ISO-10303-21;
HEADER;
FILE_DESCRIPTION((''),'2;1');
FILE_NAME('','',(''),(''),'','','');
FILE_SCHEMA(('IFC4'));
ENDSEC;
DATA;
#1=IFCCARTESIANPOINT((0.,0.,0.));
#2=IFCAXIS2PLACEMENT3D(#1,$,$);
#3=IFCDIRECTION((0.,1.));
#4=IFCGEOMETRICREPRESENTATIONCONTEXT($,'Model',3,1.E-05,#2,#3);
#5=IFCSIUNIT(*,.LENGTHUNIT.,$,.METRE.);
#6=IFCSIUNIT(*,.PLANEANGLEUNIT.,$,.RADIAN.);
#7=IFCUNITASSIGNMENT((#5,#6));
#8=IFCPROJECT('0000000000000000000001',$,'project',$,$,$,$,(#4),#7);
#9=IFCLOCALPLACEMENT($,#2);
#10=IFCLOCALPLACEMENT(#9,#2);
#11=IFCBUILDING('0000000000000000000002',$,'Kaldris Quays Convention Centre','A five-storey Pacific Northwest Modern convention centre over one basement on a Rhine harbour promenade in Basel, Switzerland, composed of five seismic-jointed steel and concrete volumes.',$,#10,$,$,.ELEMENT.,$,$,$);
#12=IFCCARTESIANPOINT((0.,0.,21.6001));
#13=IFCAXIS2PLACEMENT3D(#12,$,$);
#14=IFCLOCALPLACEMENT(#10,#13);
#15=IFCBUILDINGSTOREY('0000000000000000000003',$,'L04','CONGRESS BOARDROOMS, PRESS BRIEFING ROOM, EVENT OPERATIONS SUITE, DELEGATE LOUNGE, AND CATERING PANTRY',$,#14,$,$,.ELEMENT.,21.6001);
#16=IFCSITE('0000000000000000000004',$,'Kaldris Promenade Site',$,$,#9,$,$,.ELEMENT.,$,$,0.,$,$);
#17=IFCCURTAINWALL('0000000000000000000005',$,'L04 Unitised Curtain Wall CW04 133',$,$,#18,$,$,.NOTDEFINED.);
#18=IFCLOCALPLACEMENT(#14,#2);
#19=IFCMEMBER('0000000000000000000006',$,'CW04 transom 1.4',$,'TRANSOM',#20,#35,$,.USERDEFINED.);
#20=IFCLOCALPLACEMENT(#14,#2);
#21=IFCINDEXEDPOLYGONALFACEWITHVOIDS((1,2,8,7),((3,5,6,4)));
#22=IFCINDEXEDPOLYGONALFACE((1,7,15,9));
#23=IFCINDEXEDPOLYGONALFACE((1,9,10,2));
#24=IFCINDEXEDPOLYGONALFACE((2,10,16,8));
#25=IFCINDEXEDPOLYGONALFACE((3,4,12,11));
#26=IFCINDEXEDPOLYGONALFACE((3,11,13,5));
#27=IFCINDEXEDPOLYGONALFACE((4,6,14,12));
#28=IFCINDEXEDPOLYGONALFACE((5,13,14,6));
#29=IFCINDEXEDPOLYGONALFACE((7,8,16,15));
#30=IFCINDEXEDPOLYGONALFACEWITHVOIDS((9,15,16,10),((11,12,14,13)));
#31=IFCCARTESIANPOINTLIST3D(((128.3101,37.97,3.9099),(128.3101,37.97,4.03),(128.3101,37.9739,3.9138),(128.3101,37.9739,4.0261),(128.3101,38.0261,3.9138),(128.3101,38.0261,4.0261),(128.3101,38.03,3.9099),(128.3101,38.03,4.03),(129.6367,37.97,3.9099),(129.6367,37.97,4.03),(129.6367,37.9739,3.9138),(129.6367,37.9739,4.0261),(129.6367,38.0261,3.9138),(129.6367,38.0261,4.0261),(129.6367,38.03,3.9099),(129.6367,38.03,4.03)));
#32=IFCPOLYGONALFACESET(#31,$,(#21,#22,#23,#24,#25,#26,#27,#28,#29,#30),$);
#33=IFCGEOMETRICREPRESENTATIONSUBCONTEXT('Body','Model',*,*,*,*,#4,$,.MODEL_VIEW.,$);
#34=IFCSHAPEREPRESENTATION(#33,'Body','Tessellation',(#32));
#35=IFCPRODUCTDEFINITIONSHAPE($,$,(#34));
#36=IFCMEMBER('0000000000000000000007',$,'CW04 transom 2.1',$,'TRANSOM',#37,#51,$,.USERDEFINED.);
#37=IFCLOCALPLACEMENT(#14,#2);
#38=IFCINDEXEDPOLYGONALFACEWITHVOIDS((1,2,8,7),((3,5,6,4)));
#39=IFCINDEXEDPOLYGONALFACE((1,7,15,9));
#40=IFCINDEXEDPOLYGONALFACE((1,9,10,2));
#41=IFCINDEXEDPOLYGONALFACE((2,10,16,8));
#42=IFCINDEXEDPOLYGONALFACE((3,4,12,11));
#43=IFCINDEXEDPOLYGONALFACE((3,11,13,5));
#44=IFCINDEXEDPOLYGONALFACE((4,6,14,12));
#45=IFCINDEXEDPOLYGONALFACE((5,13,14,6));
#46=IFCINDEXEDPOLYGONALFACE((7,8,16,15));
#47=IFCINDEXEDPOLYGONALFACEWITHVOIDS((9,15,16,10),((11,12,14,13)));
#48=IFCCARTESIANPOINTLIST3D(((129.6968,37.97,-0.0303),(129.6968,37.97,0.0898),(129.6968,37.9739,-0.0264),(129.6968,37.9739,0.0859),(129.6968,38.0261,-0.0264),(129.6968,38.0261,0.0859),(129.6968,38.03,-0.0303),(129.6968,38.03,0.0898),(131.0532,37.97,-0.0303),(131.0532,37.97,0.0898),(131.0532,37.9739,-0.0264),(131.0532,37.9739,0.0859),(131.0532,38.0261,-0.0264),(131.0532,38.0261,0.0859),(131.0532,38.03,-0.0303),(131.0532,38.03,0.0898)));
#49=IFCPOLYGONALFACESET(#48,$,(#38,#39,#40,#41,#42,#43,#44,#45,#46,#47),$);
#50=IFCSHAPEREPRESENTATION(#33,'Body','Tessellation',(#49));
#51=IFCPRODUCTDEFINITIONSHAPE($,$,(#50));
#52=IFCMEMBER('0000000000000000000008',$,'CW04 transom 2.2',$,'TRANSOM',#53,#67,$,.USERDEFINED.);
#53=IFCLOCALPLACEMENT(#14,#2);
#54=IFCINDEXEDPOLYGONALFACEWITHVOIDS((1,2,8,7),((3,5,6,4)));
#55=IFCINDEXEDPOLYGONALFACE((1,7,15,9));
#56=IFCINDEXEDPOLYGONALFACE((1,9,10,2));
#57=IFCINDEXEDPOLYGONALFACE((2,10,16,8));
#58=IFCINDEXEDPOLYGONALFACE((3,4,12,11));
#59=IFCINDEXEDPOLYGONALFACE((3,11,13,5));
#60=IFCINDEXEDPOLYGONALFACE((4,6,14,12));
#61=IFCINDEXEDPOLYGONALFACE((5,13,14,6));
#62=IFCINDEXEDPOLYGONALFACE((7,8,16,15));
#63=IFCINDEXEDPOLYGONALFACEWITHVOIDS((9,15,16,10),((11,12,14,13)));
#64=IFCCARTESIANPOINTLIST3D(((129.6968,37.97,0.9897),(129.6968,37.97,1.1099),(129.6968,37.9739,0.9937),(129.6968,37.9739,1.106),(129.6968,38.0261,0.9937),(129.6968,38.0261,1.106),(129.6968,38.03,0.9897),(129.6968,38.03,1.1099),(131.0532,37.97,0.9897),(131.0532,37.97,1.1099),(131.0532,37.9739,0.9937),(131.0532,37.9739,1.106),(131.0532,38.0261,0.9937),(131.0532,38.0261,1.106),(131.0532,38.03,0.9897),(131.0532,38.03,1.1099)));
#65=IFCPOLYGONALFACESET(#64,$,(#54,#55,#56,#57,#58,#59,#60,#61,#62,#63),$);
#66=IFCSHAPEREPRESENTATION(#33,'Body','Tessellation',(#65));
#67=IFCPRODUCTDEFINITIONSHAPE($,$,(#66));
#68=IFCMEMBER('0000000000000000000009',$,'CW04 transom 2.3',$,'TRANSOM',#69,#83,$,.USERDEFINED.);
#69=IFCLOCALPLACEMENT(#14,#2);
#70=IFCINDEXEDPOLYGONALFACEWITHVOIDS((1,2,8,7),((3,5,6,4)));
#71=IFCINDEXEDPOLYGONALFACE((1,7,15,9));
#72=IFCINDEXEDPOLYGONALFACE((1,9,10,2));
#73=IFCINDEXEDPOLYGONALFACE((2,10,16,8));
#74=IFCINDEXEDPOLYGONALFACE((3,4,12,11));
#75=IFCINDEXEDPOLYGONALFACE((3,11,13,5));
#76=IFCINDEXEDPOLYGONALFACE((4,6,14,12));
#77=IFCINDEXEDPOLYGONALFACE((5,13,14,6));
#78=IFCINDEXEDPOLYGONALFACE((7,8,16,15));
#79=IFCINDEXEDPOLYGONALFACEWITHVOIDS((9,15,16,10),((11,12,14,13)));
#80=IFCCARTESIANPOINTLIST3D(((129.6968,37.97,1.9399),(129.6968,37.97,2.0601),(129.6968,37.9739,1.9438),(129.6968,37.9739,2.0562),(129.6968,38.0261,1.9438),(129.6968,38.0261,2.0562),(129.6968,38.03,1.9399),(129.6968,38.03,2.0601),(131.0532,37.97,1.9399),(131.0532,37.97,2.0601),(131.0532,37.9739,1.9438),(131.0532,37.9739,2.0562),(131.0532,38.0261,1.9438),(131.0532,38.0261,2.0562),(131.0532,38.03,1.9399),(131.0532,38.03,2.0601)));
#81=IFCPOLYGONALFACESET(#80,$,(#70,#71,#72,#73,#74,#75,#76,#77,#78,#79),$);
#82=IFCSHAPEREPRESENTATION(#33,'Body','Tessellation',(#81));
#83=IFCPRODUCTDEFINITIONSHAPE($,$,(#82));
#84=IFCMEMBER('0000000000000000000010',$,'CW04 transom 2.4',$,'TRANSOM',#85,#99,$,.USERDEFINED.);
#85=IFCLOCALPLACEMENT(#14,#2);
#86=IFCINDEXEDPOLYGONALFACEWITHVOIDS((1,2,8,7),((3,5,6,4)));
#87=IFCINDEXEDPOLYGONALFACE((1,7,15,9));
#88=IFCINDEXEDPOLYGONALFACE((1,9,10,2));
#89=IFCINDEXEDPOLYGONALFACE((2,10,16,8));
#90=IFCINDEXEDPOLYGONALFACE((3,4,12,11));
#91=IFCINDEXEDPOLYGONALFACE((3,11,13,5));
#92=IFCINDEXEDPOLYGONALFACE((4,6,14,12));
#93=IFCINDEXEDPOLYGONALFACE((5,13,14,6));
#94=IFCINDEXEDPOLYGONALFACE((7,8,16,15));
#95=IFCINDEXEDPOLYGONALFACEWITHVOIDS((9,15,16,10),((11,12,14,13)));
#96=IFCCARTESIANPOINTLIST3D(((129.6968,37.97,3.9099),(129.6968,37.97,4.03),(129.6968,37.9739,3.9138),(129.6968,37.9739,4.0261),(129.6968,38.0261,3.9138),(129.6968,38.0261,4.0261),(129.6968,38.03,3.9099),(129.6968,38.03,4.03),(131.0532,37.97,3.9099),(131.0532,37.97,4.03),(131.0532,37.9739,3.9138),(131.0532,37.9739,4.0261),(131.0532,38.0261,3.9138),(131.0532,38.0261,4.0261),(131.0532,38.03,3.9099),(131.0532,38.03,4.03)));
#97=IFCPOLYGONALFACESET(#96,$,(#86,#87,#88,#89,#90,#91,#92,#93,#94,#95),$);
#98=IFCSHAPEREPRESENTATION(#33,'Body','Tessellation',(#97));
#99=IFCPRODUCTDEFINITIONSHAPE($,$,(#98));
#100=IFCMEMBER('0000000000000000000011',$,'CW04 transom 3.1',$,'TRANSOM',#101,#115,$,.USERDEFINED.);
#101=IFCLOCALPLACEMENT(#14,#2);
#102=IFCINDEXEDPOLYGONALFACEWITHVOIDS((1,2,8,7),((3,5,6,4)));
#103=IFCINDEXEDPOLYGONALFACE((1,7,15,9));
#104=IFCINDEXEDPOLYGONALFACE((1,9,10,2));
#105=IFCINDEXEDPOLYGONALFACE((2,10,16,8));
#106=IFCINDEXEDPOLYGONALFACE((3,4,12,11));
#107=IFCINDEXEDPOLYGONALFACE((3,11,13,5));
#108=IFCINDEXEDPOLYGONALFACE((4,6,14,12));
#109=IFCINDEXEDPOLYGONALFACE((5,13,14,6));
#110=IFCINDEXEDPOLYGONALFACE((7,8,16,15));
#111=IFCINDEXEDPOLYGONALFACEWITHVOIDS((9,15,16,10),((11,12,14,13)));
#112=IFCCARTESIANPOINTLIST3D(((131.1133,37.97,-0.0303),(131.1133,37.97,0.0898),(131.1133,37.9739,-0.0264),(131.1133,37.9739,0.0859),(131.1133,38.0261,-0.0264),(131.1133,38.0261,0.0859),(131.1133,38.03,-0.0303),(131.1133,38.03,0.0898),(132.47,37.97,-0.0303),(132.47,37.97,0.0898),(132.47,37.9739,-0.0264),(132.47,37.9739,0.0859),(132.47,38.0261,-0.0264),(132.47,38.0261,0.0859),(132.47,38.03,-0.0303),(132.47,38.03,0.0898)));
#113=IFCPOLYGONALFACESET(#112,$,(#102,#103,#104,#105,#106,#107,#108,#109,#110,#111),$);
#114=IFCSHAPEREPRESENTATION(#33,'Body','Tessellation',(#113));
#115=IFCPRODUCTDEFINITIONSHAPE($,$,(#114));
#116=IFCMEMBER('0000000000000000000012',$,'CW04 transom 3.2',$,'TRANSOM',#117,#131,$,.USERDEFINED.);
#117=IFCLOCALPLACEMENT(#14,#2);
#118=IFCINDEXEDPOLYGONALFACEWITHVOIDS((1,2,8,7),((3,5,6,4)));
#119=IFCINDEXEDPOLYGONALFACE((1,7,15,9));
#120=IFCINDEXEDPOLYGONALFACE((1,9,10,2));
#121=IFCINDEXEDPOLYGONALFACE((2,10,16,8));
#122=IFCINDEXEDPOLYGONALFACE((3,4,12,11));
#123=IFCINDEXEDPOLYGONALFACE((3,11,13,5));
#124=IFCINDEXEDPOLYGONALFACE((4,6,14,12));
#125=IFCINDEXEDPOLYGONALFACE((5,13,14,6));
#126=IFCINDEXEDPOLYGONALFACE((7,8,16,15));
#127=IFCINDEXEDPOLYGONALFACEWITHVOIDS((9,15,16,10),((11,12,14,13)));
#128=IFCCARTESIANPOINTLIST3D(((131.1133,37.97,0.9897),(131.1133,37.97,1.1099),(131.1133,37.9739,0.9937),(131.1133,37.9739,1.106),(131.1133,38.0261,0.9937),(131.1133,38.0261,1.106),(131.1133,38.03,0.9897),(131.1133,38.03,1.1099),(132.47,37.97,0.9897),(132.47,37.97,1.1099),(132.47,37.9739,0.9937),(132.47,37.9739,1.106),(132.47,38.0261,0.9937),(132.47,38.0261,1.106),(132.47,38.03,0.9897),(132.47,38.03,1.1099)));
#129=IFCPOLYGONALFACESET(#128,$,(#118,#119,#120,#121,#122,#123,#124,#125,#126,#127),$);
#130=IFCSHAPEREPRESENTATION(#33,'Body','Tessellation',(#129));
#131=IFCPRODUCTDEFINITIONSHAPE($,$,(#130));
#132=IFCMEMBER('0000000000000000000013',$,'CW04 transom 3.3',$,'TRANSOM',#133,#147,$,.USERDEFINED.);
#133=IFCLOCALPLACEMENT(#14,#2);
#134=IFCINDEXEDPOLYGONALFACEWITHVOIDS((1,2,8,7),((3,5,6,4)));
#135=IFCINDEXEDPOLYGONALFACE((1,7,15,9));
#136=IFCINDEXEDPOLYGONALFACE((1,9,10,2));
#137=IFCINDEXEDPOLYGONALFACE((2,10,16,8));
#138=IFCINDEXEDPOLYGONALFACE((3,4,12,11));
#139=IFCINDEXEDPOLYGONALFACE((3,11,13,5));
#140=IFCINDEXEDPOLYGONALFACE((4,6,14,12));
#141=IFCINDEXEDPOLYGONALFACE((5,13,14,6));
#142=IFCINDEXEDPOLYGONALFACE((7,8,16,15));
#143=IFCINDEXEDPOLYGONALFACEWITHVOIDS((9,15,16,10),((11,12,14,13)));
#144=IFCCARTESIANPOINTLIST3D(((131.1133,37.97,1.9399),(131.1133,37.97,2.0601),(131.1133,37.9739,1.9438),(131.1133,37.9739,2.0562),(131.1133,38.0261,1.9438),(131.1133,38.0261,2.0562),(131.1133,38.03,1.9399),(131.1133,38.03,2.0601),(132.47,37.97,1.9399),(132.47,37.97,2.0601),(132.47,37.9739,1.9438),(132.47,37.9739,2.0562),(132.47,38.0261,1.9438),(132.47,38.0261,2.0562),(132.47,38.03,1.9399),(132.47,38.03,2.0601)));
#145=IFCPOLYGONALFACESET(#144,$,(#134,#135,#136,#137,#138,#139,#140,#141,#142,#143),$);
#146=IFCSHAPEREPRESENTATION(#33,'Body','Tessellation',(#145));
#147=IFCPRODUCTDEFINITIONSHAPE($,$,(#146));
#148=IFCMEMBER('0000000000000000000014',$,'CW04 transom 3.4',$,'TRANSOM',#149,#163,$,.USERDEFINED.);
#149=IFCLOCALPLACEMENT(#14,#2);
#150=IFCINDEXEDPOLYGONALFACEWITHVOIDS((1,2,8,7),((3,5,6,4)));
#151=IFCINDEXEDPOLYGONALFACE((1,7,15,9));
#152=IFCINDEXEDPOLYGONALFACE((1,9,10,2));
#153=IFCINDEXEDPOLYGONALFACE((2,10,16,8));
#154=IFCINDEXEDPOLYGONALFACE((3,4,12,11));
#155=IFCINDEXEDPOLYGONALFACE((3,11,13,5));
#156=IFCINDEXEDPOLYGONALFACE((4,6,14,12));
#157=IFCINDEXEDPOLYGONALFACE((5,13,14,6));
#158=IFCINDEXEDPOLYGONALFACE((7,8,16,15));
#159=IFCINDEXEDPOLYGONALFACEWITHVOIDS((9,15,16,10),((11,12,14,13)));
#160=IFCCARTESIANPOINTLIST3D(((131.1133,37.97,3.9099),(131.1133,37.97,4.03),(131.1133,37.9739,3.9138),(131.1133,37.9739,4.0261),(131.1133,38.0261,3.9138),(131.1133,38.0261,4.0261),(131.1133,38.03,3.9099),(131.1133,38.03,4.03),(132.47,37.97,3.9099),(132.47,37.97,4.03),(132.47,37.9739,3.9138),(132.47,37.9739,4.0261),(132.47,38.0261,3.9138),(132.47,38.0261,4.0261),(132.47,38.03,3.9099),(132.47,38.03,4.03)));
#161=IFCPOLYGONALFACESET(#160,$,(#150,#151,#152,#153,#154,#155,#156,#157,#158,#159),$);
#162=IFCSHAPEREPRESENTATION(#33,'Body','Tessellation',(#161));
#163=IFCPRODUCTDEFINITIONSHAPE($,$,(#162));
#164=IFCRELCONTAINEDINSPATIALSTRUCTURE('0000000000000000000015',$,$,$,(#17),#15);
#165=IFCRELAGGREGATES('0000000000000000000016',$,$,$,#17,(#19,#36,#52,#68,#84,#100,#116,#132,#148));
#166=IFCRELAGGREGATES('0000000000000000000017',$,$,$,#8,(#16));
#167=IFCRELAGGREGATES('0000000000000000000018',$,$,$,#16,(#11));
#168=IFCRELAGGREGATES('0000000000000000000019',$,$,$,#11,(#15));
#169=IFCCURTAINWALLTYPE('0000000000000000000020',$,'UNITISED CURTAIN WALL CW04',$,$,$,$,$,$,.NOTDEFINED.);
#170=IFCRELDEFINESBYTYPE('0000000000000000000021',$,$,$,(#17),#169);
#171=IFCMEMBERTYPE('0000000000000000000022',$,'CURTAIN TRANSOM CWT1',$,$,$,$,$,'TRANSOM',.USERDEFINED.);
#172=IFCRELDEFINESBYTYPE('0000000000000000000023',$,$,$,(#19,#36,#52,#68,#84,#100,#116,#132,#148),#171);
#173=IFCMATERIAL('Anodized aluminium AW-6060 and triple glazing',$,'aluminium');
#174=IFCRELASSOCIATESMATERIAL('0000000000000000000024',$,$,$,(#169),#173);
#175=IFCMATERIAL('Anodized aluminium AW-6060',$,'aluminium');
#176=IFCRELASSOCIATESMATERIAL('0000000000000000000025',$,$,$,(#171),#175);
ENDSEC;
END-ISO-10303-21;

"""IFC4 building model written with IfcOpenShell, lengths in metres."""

from ifc_helpers import new_model, si_unit, direction, frame, origin, origin_2d, place, context, subcontext, project, spatial, hollow_rectangle, extrude, material, material_profile, profile_set, type_object, element, aggregate, save


model = new_model("IFC4")

# Units and contexts
model_context = context("Model", 3, precision=1e-05, world=origin(), true_north=direction((0.0, 1.0)))
body_context = subcontext(model_context, "Body", "Model", "MODEL_VIEW")
ifc_project = project(units=[si_unit("LENGTHUNIT", "METRE"), si_unit("PLANEANGLEUNIT", "RADIAN")], contexts=[model_context])

# Site, building, storey
site_placement = place(None, origin())
site = spatial("IfcSite", under=ifc_project, at=site_placement, Name="Kaldris Promenade Site", CompositionType="ELEMENT", RefElevation=0.0)
building_placement = place(site_placement, origin())
building = spatial("IfcBuilding", under=site, at=building_placement, Name="Kaldris Quays Convention Centre", Description="A five-storey Pacific Northwest Modern convention centre over one basement on a Rhine harbour promenade in Basel, Switzerland, composed of five seismic-jointed steel and concrete volumes.", CompositionType="ELEMENT")
storey_placement = place(building_placement, frame((0.0, 0.0, 21.6001)))
storey = spatial("IfcBuildingStorey", under=building, at=storey_placement, Name="L04", Description="CONGRESS BOARDROOMS, PRESS BRIEFING ROOM, EVENT OPERATIONS SUITE, DELEGATE LOUNGE, AND CATERING PANTRY", CompositionType="ELEMENT", Elevation=21.6001)

# Shared definitions
ifc_material_1 = material(Name="Anodized aluminium AW-6060 and triple glazing", Category="aluminium")
curtain_wall_type = type_object("IfcCurtainWallType", Name="UNITISED CURTAIN WALL CW04", PredefinedType="NOTDEFINED", material=ifc_material_1)
ifc_material_2 = material(Name="Anodized aluminium AW-6060", Category="aluminium")

# Curtain wall, members
curtain_wall_1_placement = place(storey_placement, origin())
curtain_wall_1 = element("IfcCurtainWall", 1, at=curtain_wall_1_placement, inside=storey, type_object=curtain_wall_type, Name="L04 Unitised Curtain Wall CW04 133", PredefinedType="NOTDEFINED")
ifc_material_profile_1 = material_profile(ifc_material_2, hollow_rectangle(XDim=0.0601, YDim=0.1201, WallThickness=0.0039, at=origin_2d()), Name="RHS 120x60x4")
ifc_profile_set_1 = profile_set([ifc_material_profile_1], Name="Anodized aluminium AW-6060")
member_type_1 = type_object("IfcMemberType", Name="CURTAIN TRANSOM CWT1", ElementType="TRANSOM", PredefinedType="USERDEFINED", material=ifc_profile_set_1)
member_1_placement = place(storey_placement, frame((128.3101, 38.0, 3.97), z_axis=(1.0, 0.0, 0.0), x_axis=(0.0, 1.0, 0.0)))
member_1 = element("IfcMember", 2, at=member_1_placement, type_object=member_type_1, Name="CW04 transom 1.4", ObjectType="TRANSOM", PredefinedType="USERDEFINED", context=body_context, shape_type="SweptSolid", body=[
    extrude(hollow_rectangle(XDim=0.0601, YDim=0.1201, WallThickness=0.0039, at=origin_2d()), origin(), (0.0, 0.0, 1.0), 1.3267),
])
member_2_placement = place(storey_placement, frame((129.6968, 38.0, 0.0298), z_axis=(1.0, 0.0, 0.0), x_axis=(0.0, 1.0, 0.0)))
member_2 = element("IfcMember", 3, at=member_2_placement, type_object=member_type_1, Name="CW04 transom 2.1", ObjectType="TRANSOM", PredefinedType="USERDEFINED", context=body_context, shape_type="SweptSolid", body=[
    extrude(hollow_rectangle(XDim=0.0601, YDim=0.1201, WallThickness=0.0039, at=origin_2d()), origin(), (0.0, 0.0, 1.0), 1.3564),
])
member_3_placement = place(storey_placement, frame((129.6968, 38.0, 1.0498), z_axis=(1.0, 0.0, 0.0), x_axis=(0.0, 1.0, 0.0)))
member_3 = element("IfcMember", 4, at=member_3_placement, type_object=member_type_1, Name="CW04 transom 2.2", ObjectType="TRANSOM", PredefinedType="USERDEFINED", context=body_context, shape_type="SweptSolid", body=[
    extrude(hollow_rectangle(XDim=0.0601, YDim=0.1201, WallThickness=0.0039, at=origin_2d()), origin(), (0.0, 0.0, 1.0), 1.3564),
])
member_4_placement = place(storey_placement, frame((129.6968, 38.0, 2.0), z_axis=(1.0, 0.0, 0.0), x_axis=(0.0, 1.0, 0.0)))
member_4 = element("IfcMember", 5, at=member_4_placement, type_object=member_type_1, Name="CW04 transom 2.3", ObjectType="TRANSOM", PredefinedType="USERDEFINED", context=body_context, shape_type="SweptSolid", body=[
    extrude(hollow_rectangle(XDim=0.0601, YDim=0.1201, WallThickness=0.0039, at=origin_2d()), origin(), (0.0, 0.0, 1.0), 1.3564),
])
member_5_placement = place(storey_placement, frame((129.6968, 38.0, 3.97), z_axis=(1.0, 0.0, 0.0), x_axis=(0.0, 1.0, 0.0)))
member_5 = element("IfcMember", 6, at=member_5_placement, type_object=member_type_1, Name="CW04 transom 2.4", ObjectType="TRANSOM", PredefinedType="USERDEFINED", context=body_context, shape_type="SweptSolid", body=[
    extrude(hollow_rectangle(XDim=0.0601, YDim=0.1201, WallThickness=0.0039, at=origin_2d()), origin(), (0.0, 0.0, 1.0), 1.3564),
])
member_6_placement = place(storey_placement, frame((131.1133, 38.0, 0.0298), z_axis=(1.0, 0.0, 0.0), x_axis=(0.0, 1.0, 0.0)))
member_6 = element("IfcMember", 7, at=member_6_placement, type_object=member_type_1, Name="CW04 transom 3.1", ObjectType="TRANSOM", PredefinedType="USERDEFINED", context=body_context, shape_type="SweptSolid", body=[
    extrude(hollow_rectangle(XDim=0.0601, YDim=0.1201, WallThickness=0.0039, at=origin_2d()), origin(), (0.0, 0.0, 1.0), 1.3567),
])
member_7_placement = place(storey_placement, frame((131.1133, 38.0, 1.0498), z_axis=(1.0, 0.0, 0.0), x_axis=(0.0, 1.0, 0.0)))
member_7 = element("IfcMember", 8, at=member_7_placement, type_object=member_type_1, Name="CW04 transom 3.2", ObjectType="TRANSOM", PredefinedType="USERDEFINED", context=body_context, shape_type="SweptSolid", body=[
    extrude(hollow_rectangle(XDim=0.0601, YDim=0.1201, WallThickness=0.0039, at=origin_2d()), origin(), (0.0, 0.0, 1.0), 1.3567),
])
member_8_placement = place(storey_placement, frame((131.1133, 38.0, 2.0), z_axis=(1.0, 0.0, 0.0), x_axis=(0.0, 1.0, 0.0)))
member_8 = element("IfcMember", 9, at=member_8_placement, type_object=member_type_1, Name="CW04 transom 3.3", ObjectType="TRANSOM", PredefinedType="USERDEFINED", context=body_context, shape_type="SweptSolid", body=[
    extrude(hollow_rectangle(XDim=0.0601, YDim=0.1201, WallThickness=0.0039, at=origin_2d()), origin(), (0.0, 0.0, 1.0), 1.3567),
])
member_9_placement = place(storey_placement, frame((131.1133, 38.0, 3.97), z_axis=(1.0, 0.0, 0.0), x_axis=(0.0, 1.0, 0.0)))
member_9 = element("IfcMember", 10, at=member_9_placement, type_object=member_type_1, Name="CW04 transom 3.4", ObjectType="TRANSOM", PredefinedType="USERDEFINED", context=body_context, shape_type="SweptSolid", body=[
    extrude(hollow_rectangle(XDim=0.0601, YDim=0.1201, WallThickness=0.0039, at=origin_2d()), origin(), (0.0, 0.0, 1.0), 1.3567),
])

aggregate(curtain_wall_1, [member_1, member_2, member_3, member_4, member_5, member_6, member_7, member_8, member_9])

save(model, "model.ifc")
